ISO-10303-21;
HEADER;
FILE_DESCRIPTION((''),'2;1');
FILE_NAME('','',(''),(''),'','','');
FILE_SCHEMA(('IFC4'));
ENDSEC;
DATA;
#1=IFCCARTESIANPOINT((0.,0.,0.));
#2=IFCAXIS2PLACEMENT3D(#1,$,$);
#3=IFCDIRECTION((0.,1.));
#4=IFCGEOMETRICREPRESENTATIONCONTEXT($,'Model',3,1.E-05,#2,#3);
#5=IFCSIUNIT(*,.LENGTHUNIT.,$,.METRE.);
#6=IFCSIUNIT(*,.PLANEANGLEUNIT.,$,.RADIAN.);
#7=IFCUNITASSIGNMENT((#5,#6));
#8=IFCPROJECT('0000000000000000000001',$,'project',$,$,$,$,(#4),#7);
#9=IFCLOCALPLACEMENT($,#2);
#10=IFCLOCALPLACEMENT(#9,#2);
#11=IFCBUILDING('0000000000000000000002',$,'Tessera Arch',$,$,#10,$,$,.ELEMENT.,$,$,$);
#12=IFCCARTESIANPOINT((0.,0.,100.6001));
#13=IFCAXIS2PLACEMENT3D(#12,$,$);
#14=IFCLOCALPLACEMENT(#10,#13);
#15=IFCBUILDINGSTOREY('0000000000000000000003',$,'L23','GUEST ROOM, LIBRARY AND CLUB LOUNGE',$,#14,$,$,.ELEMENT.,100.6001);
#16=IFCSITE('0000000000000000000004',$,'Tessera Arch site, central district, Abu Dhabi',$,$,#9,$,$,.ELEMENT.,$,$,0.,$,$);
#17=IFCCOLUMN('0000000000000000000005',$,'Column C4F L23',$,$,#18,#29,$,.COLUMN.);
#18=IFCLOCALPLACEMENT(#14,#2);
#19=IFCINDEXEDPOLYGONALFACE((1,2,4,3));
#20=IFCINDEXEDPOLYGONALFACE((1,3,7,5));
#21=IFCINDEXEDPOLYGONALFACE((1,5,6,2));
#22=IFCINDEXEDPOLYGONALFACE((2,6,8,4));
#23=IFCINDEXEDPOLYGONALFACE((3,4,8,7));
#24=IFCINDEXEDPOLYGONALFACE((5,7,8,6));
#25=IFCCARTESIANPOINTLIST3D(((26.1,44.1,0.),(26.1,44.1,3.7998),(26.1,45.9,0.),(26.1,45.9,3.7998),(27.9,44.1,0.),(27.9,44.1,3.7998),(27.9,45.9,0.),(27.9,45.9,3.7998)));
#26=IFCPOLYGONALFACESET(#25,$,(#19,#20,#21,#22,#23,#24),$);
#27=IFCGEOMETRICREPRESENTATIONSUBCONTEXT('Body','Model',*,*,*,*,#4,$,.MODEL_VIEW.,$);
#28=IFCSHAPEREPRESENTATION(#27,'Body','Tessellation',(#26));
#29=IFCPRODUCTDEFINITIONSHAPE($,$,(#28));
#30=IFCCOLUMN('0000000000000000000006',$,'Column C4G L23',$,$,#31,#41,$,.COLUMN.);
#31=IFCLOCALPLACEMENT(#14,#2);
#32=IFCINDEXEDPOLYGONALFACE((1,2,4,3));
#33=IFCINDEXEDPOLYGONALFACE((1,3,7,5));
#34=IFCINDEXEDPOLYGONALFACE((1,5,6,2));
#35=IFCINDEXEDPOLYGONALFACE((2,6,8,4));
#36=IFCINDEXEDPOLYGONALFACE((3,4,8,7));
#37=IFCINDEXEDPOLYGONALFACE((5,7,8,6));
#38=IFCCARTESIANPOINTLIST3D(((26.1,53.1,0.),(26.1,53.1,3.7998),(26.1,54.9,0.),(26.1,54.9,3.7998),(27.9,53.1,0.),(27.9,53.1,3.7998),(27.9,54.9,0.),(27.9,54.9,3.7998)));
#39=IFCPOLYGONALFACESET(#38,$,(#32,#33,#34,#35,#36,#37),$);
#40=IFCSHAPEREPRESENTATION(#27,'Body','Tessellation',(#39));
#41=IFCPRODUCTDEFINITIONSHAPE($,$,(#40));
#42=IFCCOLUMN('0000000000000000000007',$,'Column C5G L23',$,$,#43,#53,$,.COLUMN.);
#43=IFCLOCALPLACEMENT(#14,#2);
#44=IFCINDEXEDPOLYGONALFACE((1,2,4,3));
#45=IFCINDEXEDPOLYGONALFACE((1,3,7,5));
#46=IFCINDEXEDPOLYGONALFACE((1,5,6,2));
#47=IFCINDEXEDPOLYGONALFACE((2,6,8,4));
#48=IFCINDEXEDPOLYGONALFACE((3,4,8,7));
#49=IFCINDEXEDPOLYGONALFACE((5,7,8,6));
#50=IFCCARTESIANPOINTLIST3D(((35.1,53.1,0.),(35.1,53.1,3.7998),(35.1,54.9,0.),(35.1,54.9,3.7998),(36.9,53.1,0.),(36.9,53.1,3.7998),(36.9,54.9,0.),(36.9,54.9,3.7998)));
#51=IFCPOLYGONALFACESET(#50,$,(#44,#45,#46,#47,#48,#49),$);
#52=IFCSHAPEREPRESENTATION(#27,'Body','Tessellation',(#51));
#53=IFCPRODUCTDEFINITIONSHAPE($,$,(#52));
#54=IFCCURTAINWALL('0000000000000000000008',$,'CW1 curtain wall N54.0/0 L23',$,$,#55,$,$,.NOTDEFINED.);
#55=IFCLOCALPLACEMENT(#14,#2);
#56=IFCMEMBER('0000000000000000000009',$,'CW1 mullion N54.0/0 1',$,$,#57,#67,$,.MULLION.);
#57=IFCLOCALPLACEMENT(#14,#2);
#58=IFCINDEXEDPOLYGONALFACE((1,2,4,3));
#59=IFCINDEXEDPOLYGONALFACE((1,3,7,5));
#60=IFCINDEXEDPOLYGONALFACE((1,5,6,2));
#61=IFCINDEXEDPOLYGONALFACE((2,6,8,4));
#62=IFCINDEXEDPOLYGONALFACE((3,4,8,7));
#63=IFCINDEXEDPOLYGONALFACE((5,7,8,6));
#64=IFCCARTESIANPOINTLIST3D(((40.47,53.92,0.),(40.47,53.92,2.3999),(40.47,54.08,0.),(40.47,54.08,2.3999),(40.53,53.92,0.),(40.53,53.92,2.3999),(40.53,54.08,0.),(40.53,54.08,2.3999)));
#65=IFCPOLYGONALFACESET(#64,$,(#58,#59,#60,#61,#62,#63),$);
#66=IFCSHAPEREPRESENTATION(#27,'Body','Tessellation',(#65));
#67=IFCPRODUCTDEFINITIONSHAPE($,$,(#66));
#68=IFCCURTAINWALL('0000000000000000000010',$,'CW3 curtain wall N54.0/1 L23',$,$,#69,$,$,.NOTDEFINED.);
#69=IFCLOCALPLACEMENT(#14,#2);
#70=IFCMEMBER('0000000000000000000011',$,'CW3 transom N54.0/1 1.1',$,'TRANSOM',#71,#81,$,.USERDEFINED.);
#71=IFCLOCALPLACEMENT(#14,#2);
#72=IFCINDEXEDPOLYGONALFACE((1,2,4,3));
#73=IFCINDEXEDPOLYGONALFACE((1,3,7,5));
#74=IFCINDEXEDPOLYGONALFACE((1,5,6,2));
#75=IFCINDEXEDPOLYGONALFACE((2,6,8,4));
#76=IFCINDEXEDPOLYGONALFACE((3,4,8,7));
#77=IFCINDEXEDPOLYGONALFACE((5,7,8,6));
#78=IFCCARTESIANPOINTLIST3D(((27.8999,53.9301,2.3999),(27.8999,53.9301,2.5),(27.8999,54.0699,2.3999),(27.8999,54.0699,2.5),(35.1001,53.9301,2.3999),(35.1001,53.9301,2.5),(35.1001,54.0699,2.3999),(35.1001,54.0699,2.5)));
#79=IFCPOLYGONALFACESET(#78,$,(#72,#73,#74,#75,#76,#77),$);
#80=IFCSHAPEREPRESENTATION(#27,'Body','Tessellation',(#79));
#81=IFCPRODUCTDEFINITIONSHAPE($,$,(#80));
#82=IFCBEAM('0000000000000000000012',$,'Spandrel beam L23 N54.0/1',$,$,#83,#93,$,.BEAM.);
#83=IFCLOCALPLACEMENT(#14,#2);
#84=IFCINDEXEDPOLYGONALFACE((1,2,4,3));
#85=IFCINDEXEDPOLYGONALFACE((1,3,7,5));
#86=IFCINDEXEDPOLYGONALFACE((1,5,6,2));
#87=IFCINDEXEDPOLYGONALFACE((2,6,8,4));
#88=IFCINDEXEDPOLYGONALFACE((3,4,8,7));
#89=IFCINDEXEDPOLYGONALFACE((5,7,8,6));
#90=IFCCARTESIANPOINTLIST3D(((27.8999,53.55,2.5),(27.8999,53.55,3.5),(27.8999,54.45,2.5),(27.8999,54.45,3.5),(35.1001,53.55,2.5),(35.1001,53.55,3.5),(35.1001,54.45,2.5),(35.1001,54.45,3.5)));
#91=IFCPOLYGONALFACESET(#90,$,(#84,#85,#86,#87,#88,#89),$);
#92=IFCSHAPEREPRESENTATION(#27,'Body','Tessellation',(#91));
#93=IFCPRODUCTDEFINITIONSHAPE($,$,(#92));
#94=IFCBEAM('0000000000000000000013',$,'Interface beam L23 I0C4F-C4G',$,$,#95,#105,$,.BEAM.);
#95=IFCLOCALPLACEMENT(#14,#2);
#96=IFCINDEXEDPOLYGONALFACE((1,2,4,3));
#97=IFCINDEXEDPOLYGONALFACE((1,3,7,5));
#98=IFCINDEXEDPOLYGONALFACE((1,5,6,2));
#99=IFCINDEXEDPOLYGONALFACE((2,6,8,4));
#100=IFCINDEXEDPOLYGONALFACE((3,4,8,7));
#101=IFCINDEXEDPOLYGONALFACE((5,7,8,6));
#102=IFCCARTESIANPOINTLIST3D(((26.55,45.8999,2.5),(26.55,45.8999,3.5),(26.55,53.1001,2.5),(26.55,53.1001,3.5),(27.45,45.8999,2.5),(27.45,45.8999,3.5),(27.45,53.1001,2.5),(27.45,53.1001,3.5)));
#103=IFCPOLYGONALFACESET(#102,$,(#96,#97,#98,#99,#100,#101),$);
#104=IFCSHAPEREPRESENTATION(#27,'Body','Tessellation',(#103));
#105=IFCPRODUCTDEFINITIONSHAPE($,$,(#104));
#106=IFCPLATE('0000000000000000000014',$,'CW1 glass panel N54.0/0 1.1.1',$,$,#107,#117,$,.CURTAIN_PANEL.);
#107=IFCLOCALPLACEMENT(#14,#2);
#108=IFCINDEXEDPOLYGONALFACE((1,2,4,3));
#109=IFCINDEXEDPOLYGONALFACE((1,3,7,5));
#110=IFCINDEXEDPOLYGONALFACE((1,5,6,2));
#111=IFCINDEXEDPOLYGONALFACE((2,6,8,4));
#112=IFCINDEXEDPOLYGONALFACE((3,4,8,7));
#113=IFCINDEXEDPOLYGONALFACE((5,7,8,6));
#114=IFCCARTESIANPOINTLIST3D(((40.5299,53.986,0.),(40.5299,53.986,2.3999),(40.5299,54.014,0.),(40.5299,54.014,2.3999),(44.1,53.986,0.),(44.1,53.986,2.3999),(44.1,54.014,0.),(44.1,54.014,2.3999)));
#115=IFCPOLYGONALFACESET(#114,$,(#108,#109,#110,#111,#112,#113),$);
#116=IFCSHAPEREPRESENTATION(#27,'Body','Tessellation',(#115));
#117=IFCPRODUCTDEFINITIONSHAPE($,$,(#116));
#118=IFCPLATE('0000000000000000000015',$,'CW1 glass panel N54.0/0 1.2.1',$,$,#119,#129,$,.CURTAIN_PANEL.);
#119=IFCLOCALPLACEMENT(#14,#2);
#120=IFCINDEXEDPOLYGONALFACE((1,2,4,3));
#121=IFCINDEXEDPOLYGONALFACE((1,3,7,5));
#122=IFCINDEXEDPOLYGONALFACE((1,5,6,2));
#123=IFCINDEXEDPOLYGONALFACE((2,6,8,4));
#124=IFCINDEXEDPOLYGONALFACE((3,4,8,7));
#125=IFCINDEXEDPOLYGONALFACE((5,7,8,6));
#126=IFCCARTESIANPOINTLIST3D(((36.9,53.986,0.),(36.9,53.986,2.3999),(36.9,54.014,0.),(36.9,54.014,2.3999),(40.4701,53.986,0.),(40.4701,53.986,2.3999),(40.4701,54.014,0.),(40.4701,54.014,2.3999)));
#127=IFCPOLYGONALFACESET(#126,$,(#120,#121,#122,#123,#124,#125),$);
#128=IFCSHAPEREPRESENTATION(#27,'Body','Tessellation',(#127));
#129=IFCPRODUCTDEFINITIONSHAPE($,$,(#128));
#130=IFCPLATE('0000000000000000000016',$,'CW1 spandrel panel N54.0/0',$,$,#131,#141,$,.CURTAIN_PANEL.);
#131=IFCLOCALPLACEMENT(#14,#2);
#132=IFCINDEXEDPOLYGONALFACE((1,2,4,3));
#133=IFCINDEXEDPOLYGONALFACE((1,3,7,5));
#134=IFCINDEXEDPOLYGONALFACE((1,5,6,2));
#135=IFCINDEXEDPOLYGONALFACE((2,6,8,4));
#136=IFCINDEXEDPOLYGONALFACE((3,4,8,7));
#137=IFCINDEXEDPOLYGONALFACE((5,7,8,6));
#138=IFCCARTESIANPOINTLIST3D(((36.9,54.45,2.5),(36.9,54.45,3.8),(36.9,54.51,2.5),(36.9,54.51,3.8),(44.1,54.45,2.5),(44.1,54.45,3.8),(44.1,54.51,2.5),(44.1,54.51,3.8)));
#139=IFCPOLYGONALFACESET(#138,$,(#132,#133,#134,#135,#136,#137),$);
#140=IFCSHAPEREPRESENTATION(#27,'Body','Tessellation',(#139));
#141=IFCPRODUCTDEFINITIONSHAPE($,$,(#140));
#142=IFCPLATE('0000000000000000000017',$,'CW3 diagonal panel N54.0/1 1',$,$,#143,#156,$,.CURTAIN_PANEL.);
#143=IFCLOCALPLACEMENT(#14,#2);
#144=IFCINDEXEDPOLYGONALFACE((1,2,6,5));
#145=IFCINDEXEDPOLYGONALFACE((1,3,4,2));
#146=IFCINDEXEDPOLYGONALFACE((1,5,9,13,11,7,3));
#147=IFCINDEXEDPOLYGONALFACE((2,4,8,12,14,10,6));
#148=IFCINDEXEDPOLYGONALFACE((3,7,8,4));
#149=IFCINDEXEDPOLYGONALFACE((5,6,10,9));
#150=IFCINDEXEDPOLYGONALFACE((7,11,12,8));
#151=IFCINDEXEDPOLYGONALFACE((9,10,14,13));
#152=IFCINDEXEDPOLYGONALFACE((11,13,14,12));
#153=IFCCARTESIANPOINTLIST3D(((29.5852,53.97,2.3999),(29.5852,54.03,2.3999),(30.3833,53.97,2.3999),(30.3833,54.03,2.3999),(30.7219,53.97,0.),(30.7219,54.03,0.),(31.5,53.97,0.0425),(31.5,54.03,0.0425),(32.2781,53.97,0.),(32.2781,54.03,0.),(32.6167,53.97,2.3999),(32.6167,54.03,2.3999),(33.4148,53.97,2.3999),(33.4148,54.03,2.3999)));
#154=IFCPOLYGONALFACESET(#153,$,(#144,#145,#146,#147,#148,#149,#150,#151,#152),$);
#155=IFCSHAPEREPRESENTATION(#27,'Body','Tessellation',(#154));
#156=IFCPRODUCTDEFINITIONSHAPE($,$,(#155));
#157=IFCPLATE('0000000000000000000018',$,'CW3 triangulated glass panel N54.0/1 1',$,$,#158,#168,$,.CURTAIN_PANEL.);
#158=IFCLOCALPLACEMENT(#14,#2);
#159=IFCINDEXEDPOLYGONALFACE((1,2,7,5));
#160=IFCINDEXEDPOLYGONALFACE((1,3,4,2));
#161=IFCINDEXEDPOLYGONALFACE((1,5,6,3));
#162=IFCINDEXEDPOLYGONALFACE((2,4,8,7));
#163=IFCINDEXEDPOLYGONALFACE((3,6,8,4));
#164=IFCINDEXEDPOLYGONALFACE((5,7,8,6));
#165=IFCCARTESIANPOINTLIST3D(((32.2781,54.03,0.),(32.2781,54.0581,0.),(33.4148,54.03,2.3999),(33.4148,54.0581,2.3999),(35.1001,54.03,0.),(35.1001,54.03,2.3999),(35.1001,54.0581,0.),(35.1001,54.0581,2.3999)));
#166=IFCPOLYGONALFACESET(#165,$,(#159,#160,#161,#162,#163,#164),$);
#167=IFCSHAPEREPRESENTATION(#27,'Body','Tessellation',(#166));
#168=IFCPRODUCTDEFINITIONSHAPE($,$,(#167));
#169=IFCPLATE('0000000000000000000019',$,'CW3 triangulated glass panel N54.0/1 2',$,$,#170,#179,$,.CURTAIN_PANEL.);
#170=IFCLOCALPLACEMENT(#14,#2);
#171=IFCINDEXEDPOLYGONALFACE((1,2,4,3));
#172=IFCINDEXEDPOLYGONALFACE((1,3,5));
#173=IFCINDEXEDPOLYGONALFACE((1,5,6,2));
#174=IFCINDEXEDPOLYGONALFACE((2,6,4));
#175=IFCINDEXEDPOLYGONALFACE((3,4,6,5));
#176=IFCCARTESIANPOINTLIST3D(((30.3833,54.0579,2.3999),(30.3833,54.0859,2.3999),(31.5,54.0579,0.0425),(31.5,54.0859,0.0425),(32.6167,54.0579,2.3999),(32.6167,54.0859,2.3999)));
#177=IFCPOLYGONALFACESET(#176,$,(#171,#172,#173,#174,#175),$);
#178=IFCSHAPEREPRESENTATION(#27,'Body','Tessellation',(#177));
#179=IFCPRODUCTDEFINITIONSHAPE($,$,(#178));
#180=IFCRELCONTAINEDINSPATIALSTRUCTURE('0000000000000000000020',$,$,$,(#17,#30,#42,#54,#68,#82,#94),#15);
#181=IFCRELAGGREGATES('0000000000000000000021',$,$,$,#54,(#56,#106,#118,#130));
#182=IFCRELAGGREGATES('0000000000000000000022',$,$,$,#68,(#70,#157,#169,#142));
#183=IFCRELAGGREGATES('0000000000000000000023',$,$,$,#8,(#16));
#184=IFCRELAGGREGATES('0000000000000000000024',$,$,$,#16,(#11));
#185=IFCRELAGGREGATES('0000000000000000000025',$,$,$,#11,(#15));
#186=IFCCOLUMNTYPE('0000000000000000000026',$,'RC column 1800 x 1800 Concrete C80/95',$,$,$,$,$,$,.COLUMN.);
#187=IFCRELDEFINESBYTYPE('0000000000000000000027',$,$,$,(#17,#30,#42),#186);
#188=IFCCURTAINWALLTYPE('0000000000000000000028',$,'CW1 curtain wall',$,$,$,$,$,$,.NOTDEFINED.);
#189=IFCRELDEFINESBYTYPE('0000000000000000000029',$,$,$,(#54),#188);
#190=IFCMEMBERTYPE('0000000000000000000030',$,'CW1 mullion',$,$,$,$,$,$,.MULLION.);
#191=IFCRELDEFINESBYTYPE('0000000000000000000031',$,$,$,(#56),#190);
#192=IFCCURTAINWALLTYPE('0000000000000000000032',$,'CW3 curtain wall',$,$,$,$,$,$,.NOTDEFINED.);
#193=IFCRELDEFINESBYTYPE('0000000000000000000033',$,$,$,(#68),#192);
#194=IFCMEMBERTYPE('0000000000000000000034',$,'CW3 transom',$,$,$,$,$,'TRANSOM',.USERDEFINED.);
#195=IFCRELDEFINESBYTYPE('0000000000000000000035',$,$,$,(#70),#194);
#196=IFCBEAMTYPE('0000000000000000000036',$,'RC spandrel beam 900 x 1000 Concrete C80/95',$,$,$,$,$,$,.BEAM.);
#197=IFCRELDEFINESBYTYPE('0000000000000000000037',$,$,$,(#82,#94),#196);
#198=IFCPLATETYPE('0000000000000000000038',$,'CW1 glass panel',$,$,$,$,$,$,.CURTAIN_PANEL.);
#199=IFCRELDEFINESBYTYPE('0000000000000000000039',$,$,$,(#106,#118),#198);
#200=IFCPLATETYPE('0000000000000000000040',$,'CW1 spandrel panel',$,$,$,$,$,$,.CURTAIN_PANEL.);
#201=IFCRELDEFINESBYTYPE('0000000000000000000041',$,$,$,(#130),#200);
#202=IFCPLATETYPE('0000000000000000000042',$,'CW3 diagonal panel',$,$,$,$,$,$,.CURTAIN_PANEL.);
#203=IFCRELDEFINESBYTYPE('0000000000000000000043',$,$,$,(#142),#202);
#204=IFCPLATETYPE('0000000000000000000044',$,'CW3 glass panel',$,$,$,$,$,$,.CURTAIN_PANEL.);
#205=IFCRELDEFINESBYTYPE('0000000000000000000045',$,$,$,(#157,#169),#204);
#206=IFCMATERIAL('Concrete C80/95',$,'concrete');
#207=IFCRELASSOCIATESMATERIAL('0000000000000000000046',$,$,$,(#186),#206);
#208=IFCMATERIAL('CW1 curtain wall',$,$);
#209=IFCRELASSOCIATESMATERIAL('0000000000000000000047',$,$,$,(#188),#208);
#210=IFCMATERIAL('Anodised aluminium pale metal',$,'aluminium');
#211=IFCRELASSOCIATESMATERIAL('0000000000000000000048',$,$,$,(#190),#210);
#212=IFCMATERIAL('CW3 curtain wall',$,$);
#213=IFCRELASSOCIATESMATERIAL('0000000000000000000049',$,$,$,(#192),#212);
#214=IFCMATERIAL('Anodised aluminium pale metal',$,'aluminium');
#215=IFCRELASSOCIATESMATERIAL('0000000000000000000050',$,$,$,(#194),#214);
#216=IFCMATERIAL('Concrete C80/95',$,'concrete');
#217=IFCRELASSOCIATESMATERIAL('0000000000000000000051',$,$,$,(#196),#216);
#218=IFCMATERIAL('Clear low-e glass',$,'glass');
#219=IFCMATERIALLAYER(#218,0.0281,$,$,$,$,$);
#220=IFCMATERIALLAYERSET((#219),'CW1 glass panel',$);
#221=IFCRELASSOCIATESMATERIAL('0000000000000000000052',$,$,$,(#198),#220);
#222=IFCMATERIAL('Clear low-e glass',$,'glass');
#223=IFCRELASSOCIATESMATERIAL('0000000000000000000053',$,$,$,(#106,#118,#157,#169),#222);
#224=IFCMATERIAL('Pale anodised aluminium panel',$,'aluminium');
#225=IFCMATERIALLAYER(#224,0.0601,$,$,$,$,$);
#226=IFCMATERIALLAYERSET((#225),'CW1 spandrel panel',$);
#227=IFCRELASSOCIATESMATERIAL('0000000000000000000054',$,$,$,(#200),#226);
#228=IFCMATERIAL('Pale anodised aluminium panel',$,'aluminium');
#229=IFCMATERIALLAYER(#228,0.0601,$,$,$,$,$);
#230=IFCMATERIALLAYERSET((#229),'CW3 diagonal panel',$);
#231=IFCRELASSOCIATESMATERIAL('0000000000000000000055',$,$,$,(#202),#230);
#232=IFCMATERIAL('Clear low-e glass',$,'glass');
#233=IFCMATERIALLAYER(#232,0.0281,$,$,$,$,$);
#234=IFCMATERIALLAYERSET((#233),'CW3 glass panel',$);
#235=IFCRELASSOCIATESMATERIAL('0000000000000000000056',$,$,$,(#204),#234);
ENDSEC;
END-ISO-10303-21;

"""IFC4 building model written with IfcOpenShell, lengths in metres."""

from ifc_helpers import new_model, si_unit, direction, frame, origin, origin_2d, place, context, subcontext, project, spatial, polyline, rectangle, outline, extrude, material, layer, layer_set, material_profile, profile_set, type_object, element, aggregate, save


model = new_model("IFC4")

# Units and contexts
model_context = context("Model", 3, precision=1e-05, world=origin(), true_north=direction((0.0, 1.0)))
body_context = subcontext(model_context, "Body", "Model", "MODEL_VIEW")
ifc_project = project(units=[si_unit("LENGTHUNIT", "METRE"), si_unit("PLANEANGLEUNIT", "RADIAN")], contexts=[model_context])

# Site, building, storey
site_placement = place(None, origin())
site = spatial("IfcSite", under=ifc_project, at=site_placement, Name="Tessera Arch site, central district, Abu Dhabi", CompositionType="ELEMENT", RefElevation=0.0)
building_placement = place(site_placement, origin())
building = spatial("IfcBuilding", under=site, at=building_placement, Name="Tessera Arch", CompositionType="ELEMENT")
storey_placement = place(building_placement, frame((0.0, 0.0, 100.6001)))
storey = spatial("IfcBuildingStorey", under=building, at=storey_placement, Name="L23", Description="GUEST ROOM, LIBRARY AND CLUB LOUNGE", CompositionType="ELEMENT", Elevation=100.6001)

# Columns
ifc_material_1 = material(Name="Concrete C80/95", Category="concrete")
ifc_material_profile_1 = material_profile(ifc_material_1, rectangle(XDim=1.8, YDim=1.8, at=origin_2d()), Name="RC column 1800 x 1800 Concrete C80/95")
ifc_profile_set_1 = profile_set([ifc_material_profile_1], Name="Concrete C80/95")
column_type = type_object("IfcColumnType", Name="RC column 1800 x 1800 Concrete C80/95", PredefinedType="COLUMN", material=ifc_profile_set_1)
for number, where, z_axis, x_axis, name in (
    (1, (27.0, 45.0, 0.0), (0.0, 0.0, 1.0), (1.0, 0.0, 0.0), "Column C4F L23"),
    (2, (27.0, 54.0, 0.0), (0.0, 0.0, 1.0), (1.0, 0.0, 0.0), "Column C4G L23"),
    (3, (36.0, 54.0, 0.0), (0.0, 0.0, 1.0), (1.0, 0.0, 0.0), "Column C5G L23"),
):
    element("IfcColumn", number, at=place(storey_placement, frame(where, z_axis=z_axis, x_axis=x_axis)), inside=storey, type_object=column_type, Name=name, PredefinedType="COLUMN", context=body_context, shape_type="SweptSolid", body=[
        extrude(rectangle(XDim=1.8, YDim=1.8, at=origin_2d()), origin(), (0.0, 0.0, 1.0), 3.7998),
    ])

# Curtain walls, members
ifc_material_2 = material(Name="CW1 curtain wall")
curtain_wall_type_1 = type_object("IfcCurtainWallType", Name="CW1 curtain wall", PredefinedType="NOTDEFINED", material=ifc_material_2)
curtain_wall_1_placement = place(storey_placement, origin())
curtain_wall_1 = element("IfcCurtainWall", 4, at=curtain_wall_1_placement, inside=storey, type_object=curtain_wall_type_1, Name="CW1 curtain wall N54.0/0 L23", PredefinedType="NOTDEFINED")
ifc_material_3 = material(Name="Anodised aluminium pale metal", Category="aluminium")
ifc_material_profile_2 = material_profile(ifc_material_3, rectangle(XDim=0.1599, YDim=0.0601, at=origin_2d()), Name="AL 60x160")
ifc_profile_set_2 = profile_set([ifc_material_profile_2], Name="Anodised aluminium pale metal")
member_type_1 = type_object("IfcMemberType", Name="CW1 mullion", PredefinedType="MULLION", material=ifc_profile_set_2)
member_1_placement = place(storey_placement, frame((40.5, 54.0, 0.0), z_axis=(0.0, 0.0, 1.0), x_axis=(0.0, -1.0, 0.0)))
member_1 = element("IfcMember", 5, at=member_1_placement, type_object=member_type_1, Name="CW1 mullion N54.0/0 1", PredefinedType="MULLION", context=body_context, shape_type="SweptSolid", body=[
    extrude(rectangle(XDim=0.1599, YDim=0.0601, at=origin_2d()), origin(), (0.0, 0.0, 1.0), 2.3999),
])
ifc_material_4 = material(Name="CW3 curtain wall")
curtain_wall_type_2 = type_object("IfcCurtainWallType", Name="CW3 curtain wall", PredefinedType="NOTDEFINED", material=ifc_material_4)
curtain_wall_2_placement = place(storey_placement, origin())
curtain_wall_2 = element("IfcCurtainWall", 6, at=curtain_wall_2_placement, inside=storey, type_object=curtain_wall_type_2, Name="CW3 curtain wall N54.0/1 L23", PredefinedType="NOTDEFINED")
ifc_material_5 = material(Name="Anodised aluminium pale metal", Category="aluminium")
ifc_material_profile_3 = material_profile(ifc_material_5, rectangle(XDim=0.1399, YDim=0.1001, at=origin_2d()), Name="AL 140x100")
ifc_profile_set_3 = profile_set([ifc_material_profile_3], Name="Anodised aluminium pale metal")
member_type_2 = type_object("IfcMemberType", Name="CW3 transom", ElementType="TRANSOM", PredefinedType="USERDEFINED", material=ifc_profile_set_3)
member_2_placement = place(storey_placement, frame((35.1001, 54.0, 2.45), z_axis=(-1.0, 0.0, 0.0), x_axis=(0.0, -1.0, 0.0)))
member_2 = element("IfcMember", 7, at=member_2_placement, type_object=member_type_2, Name="CW3 transom N54.0/1 1.1", ObjectType="TRANSOM", PredefinedType="USERDEFINED", context=body_context, shape_type="SweptSolid", body=[
    extrude(rectangle(XDim=0.1399, YDim=0.1001, at=origin_2d()), origin(), (0.0, 0.0, 1.0), 7.2002),
])

# Beams
ifc_material_6 = material(Name="Concrete C80/95", Category="concrete")
ifc_material_profile_4 = material_profile(ifc_material_6, rectangle(XDim=0.8999, YDim=1.0, at=origin_2d()), Name="RC spandrel beam 900 x 1000 Concrete C80/95")
ifc_profile_set_4 = profile_set([ifc_material_profile_4], Name="Concrete C80/95")
beam_type = type_object("IfcBeamType", Name="RC spandrel beam 900 x 1000 Concrete C80/95", PredefinedType="BEAM", material=ifc_profile_set_4)
for number, where, z_axis, x_axis, name in (
    (8, (35.1001, 54.0, 3.0), (-1.0, 0.0, 0.0), (0.0, -1.0, 0.0), "Spandrel beam L23 N54.0/1"),
    (9, (27.0, 45.8999, 3.0), (0.0, 1.0, 0.0), (-1.0, 0.0, 0.0), "Interface beam L23 I0C4F-C4G"),
):
    element("IfcBeam", number, at=place(storey_placement, frame(where, z_axis=z_axis, x_axis=x_axis)), inside=storey, type_object=beam_type, Name=name, PredefinedType="BEAM", context=body_context, shape_type="SweptSolid", body=[
        extrude(rectangle(XDim=0.8999, YDim=1.0, at=origin_2d()), origin(), (0.0, 0.0, 1.0), 7.2002),
    ])

# Plates
ifc_material_7 = material(Name="Clear low-e glass", Category="glass")
ifc_material_8 = material(Name="Clear low-e glass", Category="glass")
ifc_layer_1 = layer(ifc_material_8, 0.0281)
ifc_layer_set_1 = layer_set([ifc_layer_1], Name="CW1 glass panel")
plate_type_1 = type_object("IfcPlateType", Name="CW1 glass panel", PredefinedType="CURTAIN_PANEL", material=ifc_layer_set_1)
plate_1_placement = place(storey_placement, frame((42.3149, 54.0, 0.0), z_axis=(0.0, 0.0, 1.0), x_axis=(-1.0, 0.0, 0.0)))
plate_1 = element("IfcPlate", 10, at=plate_1_placement, type_object=plate_type_1, material=ifc_material_7, Name="CW1 glass panel N54.0/0 1.1.1", PredefinedType="CURTAIN_PANEL", context=body_context, shape_type="SweptSolid", body=[
    extrude(rectangle(XDim=3.5701, YDim=0.0281, at=origin_2d()), origin(), (0.0, 0.0, 1.0), 2.3999),
])
plate_2_placement = place(storey_placement, frame((38.6851, 54.0, 0.0), z_axis=(0.0, 0.0, 1.0), x_axis=(-1.0, 0.0, 0.0)))
plate_2 = element("IfcPlate", 11, at=plate_2_placement, type_object=plate_type_1, material=ifc_material_7, Name="CW1 glass panel N54.0/0 1.2.1", PredefinedType="CURTAIN_PANEL", context=body_context, shape_type="SweptSolid", body=[
    extrude(rectangle(XDim=3.5701, YDim=0.0281, at=origin_2d()), origin(), (0.0, 0.0, 1.0), 2.3999),
])
ifc_material_9 = material(Name="Pale anodised aluminium panel", Category="aluminium")
ifc_layer_2 = layer(ifc_material_9, 0.0601)
ifc_layer_set_2 = layer_set([ifc_layer_2], Name="CW1 spandrel panel")
plate_type_2 = type_object("IfcPlateType", Name="CW1 spandrel panel", PredefinedType="CURTAIN_PANEL", material=ifc_layer_set_2)
plate_3_placement = place(storey_placement, frame((40.5, 54.48, 2.5), z_axis=(0.0, 0.0, 1.0), x_axis=(-1.0, 0.0, 0.0)))
plate_3 = element("IfcPlate", 12, at=plate_3_placement, type_object=plate_type_2, Name="CW1 spandrel panel N54.0/0", PredefinedType="CURTAIN_PANEL", context=body_context, shape_type="SweptSolid", body=[
    extrude(rectangle(XDim=7.2, YDim=0.0601, at=origin_2d()), origin(), (0.0, 0.0, 1.0), 1.3),
])
aggregate(curtain_wall_1, [member_1, plate_1, plate_2, plate_3])
ifc_material_10 = material(Name="Pale anodised aluminium panel", Category="aluminium")
ifc_layer_3 = layer(ifc_material_10, 0.0601)
ifc_layer_set_3 = layer_set([ifc_layer_3], Name="CW3 diagonal panel")
plate_type_3 = type_object("IfcPlateType", Name="CW3 diagonal panel", PredefinedType="CURTAIN_PANEL", material=ifc_layer_set_3)
plate_4_placement = place(storey_placement, frame((29.5852, 54.03, 2.3999), z_axis=(0.0, 1.0, 0.0), x_axis=(1.0, 0.0, 0.0)))
plate_4 = element("IfcPlate", 13, at=plate_4_placement, type_object=plate_type_3, Name="CW3 diagonal panel N54.0/1 1", PredefinedType="CURTAIN_PANEL", context=body_context, shape_type="SweptSolid", body=[
    extrude(outline(polyline([(0.0, 0.0), (0.7981, 0.0), (1.9148, 2.3574), (3.0315, 0.0), (3.8296, 0.0), (2.6929, 2.3999), (1.1367, 2.3999), (0.0, 0.0)])), origin(), (0.0, 0.0, -1.0), 0.0601),
])
ifc_material_11 = material(Name="Clear low-e glass", Category="glass")
ifc_layer_4 = layer(ifc_material_11, 0.0281)
ifc_layer_set_4 = layer_set([ifc_layer_4], Name="CW3 glass panel")
plate_type_4 = type_object("IfcPlateType", Name="CW3 glass panel", PredefinedType="CURTAIN_PANEL", material=ifc_layer_set_4)
plate_5_placement = place(storey_placement, frame((35.1001, 54.0581, 0.0), z_axis=(0.0, 1.0, 0.0), x_axis=(-1.0, 0.0, 0.0)))
plate_5 = element("IfcPlate", 14, at=plate_5_placement, type_object=plate_type_4, material=ifc_material_7, Name="CW3 triangulated glass panel N54.0/1 1", PredefinedType="CURTAIN_PANEL", context=body_context, shape_type="SweptSolid", body=[
    extrude(outline(polyline([(0.0, 0.0), (2.822, 0.0), (1.6853, 2.3999), (0.0, 2.3999), (0.0, 0.0)])), origin(), (0.0, 0.0, -1.0), 0.0281),
])
plate_6_placement = place(storey_placement, frame((30.3833, 54.0859, 2.3999), z_axis=(0.0, 1.0, 0.0), x_axis=(1.0, 0.0, 0.0)))
plate_6 = element("IfcPlate", 15, at=plate_6_placement, type_object=plate_type_4, material=ifc_material_7, Name="CW3 triangulated glass panel N54.0/1 2", PredefinedType="CURTAIN_PANEL", context=body_context, shape_type="SweptSolid", body=[
    extrude(outline(polyline([(0.0, 0.0), (2.2334, 0.0), (1.1167, 2.3574), (0.0, 0.0)])), origin(), (0.0, 0.0, -1.0), 0.0281),
])
aggregate(curtain_wall_2, [member_2, plate_5, plate_6, plate_4])

save(model, "model.ifc")
